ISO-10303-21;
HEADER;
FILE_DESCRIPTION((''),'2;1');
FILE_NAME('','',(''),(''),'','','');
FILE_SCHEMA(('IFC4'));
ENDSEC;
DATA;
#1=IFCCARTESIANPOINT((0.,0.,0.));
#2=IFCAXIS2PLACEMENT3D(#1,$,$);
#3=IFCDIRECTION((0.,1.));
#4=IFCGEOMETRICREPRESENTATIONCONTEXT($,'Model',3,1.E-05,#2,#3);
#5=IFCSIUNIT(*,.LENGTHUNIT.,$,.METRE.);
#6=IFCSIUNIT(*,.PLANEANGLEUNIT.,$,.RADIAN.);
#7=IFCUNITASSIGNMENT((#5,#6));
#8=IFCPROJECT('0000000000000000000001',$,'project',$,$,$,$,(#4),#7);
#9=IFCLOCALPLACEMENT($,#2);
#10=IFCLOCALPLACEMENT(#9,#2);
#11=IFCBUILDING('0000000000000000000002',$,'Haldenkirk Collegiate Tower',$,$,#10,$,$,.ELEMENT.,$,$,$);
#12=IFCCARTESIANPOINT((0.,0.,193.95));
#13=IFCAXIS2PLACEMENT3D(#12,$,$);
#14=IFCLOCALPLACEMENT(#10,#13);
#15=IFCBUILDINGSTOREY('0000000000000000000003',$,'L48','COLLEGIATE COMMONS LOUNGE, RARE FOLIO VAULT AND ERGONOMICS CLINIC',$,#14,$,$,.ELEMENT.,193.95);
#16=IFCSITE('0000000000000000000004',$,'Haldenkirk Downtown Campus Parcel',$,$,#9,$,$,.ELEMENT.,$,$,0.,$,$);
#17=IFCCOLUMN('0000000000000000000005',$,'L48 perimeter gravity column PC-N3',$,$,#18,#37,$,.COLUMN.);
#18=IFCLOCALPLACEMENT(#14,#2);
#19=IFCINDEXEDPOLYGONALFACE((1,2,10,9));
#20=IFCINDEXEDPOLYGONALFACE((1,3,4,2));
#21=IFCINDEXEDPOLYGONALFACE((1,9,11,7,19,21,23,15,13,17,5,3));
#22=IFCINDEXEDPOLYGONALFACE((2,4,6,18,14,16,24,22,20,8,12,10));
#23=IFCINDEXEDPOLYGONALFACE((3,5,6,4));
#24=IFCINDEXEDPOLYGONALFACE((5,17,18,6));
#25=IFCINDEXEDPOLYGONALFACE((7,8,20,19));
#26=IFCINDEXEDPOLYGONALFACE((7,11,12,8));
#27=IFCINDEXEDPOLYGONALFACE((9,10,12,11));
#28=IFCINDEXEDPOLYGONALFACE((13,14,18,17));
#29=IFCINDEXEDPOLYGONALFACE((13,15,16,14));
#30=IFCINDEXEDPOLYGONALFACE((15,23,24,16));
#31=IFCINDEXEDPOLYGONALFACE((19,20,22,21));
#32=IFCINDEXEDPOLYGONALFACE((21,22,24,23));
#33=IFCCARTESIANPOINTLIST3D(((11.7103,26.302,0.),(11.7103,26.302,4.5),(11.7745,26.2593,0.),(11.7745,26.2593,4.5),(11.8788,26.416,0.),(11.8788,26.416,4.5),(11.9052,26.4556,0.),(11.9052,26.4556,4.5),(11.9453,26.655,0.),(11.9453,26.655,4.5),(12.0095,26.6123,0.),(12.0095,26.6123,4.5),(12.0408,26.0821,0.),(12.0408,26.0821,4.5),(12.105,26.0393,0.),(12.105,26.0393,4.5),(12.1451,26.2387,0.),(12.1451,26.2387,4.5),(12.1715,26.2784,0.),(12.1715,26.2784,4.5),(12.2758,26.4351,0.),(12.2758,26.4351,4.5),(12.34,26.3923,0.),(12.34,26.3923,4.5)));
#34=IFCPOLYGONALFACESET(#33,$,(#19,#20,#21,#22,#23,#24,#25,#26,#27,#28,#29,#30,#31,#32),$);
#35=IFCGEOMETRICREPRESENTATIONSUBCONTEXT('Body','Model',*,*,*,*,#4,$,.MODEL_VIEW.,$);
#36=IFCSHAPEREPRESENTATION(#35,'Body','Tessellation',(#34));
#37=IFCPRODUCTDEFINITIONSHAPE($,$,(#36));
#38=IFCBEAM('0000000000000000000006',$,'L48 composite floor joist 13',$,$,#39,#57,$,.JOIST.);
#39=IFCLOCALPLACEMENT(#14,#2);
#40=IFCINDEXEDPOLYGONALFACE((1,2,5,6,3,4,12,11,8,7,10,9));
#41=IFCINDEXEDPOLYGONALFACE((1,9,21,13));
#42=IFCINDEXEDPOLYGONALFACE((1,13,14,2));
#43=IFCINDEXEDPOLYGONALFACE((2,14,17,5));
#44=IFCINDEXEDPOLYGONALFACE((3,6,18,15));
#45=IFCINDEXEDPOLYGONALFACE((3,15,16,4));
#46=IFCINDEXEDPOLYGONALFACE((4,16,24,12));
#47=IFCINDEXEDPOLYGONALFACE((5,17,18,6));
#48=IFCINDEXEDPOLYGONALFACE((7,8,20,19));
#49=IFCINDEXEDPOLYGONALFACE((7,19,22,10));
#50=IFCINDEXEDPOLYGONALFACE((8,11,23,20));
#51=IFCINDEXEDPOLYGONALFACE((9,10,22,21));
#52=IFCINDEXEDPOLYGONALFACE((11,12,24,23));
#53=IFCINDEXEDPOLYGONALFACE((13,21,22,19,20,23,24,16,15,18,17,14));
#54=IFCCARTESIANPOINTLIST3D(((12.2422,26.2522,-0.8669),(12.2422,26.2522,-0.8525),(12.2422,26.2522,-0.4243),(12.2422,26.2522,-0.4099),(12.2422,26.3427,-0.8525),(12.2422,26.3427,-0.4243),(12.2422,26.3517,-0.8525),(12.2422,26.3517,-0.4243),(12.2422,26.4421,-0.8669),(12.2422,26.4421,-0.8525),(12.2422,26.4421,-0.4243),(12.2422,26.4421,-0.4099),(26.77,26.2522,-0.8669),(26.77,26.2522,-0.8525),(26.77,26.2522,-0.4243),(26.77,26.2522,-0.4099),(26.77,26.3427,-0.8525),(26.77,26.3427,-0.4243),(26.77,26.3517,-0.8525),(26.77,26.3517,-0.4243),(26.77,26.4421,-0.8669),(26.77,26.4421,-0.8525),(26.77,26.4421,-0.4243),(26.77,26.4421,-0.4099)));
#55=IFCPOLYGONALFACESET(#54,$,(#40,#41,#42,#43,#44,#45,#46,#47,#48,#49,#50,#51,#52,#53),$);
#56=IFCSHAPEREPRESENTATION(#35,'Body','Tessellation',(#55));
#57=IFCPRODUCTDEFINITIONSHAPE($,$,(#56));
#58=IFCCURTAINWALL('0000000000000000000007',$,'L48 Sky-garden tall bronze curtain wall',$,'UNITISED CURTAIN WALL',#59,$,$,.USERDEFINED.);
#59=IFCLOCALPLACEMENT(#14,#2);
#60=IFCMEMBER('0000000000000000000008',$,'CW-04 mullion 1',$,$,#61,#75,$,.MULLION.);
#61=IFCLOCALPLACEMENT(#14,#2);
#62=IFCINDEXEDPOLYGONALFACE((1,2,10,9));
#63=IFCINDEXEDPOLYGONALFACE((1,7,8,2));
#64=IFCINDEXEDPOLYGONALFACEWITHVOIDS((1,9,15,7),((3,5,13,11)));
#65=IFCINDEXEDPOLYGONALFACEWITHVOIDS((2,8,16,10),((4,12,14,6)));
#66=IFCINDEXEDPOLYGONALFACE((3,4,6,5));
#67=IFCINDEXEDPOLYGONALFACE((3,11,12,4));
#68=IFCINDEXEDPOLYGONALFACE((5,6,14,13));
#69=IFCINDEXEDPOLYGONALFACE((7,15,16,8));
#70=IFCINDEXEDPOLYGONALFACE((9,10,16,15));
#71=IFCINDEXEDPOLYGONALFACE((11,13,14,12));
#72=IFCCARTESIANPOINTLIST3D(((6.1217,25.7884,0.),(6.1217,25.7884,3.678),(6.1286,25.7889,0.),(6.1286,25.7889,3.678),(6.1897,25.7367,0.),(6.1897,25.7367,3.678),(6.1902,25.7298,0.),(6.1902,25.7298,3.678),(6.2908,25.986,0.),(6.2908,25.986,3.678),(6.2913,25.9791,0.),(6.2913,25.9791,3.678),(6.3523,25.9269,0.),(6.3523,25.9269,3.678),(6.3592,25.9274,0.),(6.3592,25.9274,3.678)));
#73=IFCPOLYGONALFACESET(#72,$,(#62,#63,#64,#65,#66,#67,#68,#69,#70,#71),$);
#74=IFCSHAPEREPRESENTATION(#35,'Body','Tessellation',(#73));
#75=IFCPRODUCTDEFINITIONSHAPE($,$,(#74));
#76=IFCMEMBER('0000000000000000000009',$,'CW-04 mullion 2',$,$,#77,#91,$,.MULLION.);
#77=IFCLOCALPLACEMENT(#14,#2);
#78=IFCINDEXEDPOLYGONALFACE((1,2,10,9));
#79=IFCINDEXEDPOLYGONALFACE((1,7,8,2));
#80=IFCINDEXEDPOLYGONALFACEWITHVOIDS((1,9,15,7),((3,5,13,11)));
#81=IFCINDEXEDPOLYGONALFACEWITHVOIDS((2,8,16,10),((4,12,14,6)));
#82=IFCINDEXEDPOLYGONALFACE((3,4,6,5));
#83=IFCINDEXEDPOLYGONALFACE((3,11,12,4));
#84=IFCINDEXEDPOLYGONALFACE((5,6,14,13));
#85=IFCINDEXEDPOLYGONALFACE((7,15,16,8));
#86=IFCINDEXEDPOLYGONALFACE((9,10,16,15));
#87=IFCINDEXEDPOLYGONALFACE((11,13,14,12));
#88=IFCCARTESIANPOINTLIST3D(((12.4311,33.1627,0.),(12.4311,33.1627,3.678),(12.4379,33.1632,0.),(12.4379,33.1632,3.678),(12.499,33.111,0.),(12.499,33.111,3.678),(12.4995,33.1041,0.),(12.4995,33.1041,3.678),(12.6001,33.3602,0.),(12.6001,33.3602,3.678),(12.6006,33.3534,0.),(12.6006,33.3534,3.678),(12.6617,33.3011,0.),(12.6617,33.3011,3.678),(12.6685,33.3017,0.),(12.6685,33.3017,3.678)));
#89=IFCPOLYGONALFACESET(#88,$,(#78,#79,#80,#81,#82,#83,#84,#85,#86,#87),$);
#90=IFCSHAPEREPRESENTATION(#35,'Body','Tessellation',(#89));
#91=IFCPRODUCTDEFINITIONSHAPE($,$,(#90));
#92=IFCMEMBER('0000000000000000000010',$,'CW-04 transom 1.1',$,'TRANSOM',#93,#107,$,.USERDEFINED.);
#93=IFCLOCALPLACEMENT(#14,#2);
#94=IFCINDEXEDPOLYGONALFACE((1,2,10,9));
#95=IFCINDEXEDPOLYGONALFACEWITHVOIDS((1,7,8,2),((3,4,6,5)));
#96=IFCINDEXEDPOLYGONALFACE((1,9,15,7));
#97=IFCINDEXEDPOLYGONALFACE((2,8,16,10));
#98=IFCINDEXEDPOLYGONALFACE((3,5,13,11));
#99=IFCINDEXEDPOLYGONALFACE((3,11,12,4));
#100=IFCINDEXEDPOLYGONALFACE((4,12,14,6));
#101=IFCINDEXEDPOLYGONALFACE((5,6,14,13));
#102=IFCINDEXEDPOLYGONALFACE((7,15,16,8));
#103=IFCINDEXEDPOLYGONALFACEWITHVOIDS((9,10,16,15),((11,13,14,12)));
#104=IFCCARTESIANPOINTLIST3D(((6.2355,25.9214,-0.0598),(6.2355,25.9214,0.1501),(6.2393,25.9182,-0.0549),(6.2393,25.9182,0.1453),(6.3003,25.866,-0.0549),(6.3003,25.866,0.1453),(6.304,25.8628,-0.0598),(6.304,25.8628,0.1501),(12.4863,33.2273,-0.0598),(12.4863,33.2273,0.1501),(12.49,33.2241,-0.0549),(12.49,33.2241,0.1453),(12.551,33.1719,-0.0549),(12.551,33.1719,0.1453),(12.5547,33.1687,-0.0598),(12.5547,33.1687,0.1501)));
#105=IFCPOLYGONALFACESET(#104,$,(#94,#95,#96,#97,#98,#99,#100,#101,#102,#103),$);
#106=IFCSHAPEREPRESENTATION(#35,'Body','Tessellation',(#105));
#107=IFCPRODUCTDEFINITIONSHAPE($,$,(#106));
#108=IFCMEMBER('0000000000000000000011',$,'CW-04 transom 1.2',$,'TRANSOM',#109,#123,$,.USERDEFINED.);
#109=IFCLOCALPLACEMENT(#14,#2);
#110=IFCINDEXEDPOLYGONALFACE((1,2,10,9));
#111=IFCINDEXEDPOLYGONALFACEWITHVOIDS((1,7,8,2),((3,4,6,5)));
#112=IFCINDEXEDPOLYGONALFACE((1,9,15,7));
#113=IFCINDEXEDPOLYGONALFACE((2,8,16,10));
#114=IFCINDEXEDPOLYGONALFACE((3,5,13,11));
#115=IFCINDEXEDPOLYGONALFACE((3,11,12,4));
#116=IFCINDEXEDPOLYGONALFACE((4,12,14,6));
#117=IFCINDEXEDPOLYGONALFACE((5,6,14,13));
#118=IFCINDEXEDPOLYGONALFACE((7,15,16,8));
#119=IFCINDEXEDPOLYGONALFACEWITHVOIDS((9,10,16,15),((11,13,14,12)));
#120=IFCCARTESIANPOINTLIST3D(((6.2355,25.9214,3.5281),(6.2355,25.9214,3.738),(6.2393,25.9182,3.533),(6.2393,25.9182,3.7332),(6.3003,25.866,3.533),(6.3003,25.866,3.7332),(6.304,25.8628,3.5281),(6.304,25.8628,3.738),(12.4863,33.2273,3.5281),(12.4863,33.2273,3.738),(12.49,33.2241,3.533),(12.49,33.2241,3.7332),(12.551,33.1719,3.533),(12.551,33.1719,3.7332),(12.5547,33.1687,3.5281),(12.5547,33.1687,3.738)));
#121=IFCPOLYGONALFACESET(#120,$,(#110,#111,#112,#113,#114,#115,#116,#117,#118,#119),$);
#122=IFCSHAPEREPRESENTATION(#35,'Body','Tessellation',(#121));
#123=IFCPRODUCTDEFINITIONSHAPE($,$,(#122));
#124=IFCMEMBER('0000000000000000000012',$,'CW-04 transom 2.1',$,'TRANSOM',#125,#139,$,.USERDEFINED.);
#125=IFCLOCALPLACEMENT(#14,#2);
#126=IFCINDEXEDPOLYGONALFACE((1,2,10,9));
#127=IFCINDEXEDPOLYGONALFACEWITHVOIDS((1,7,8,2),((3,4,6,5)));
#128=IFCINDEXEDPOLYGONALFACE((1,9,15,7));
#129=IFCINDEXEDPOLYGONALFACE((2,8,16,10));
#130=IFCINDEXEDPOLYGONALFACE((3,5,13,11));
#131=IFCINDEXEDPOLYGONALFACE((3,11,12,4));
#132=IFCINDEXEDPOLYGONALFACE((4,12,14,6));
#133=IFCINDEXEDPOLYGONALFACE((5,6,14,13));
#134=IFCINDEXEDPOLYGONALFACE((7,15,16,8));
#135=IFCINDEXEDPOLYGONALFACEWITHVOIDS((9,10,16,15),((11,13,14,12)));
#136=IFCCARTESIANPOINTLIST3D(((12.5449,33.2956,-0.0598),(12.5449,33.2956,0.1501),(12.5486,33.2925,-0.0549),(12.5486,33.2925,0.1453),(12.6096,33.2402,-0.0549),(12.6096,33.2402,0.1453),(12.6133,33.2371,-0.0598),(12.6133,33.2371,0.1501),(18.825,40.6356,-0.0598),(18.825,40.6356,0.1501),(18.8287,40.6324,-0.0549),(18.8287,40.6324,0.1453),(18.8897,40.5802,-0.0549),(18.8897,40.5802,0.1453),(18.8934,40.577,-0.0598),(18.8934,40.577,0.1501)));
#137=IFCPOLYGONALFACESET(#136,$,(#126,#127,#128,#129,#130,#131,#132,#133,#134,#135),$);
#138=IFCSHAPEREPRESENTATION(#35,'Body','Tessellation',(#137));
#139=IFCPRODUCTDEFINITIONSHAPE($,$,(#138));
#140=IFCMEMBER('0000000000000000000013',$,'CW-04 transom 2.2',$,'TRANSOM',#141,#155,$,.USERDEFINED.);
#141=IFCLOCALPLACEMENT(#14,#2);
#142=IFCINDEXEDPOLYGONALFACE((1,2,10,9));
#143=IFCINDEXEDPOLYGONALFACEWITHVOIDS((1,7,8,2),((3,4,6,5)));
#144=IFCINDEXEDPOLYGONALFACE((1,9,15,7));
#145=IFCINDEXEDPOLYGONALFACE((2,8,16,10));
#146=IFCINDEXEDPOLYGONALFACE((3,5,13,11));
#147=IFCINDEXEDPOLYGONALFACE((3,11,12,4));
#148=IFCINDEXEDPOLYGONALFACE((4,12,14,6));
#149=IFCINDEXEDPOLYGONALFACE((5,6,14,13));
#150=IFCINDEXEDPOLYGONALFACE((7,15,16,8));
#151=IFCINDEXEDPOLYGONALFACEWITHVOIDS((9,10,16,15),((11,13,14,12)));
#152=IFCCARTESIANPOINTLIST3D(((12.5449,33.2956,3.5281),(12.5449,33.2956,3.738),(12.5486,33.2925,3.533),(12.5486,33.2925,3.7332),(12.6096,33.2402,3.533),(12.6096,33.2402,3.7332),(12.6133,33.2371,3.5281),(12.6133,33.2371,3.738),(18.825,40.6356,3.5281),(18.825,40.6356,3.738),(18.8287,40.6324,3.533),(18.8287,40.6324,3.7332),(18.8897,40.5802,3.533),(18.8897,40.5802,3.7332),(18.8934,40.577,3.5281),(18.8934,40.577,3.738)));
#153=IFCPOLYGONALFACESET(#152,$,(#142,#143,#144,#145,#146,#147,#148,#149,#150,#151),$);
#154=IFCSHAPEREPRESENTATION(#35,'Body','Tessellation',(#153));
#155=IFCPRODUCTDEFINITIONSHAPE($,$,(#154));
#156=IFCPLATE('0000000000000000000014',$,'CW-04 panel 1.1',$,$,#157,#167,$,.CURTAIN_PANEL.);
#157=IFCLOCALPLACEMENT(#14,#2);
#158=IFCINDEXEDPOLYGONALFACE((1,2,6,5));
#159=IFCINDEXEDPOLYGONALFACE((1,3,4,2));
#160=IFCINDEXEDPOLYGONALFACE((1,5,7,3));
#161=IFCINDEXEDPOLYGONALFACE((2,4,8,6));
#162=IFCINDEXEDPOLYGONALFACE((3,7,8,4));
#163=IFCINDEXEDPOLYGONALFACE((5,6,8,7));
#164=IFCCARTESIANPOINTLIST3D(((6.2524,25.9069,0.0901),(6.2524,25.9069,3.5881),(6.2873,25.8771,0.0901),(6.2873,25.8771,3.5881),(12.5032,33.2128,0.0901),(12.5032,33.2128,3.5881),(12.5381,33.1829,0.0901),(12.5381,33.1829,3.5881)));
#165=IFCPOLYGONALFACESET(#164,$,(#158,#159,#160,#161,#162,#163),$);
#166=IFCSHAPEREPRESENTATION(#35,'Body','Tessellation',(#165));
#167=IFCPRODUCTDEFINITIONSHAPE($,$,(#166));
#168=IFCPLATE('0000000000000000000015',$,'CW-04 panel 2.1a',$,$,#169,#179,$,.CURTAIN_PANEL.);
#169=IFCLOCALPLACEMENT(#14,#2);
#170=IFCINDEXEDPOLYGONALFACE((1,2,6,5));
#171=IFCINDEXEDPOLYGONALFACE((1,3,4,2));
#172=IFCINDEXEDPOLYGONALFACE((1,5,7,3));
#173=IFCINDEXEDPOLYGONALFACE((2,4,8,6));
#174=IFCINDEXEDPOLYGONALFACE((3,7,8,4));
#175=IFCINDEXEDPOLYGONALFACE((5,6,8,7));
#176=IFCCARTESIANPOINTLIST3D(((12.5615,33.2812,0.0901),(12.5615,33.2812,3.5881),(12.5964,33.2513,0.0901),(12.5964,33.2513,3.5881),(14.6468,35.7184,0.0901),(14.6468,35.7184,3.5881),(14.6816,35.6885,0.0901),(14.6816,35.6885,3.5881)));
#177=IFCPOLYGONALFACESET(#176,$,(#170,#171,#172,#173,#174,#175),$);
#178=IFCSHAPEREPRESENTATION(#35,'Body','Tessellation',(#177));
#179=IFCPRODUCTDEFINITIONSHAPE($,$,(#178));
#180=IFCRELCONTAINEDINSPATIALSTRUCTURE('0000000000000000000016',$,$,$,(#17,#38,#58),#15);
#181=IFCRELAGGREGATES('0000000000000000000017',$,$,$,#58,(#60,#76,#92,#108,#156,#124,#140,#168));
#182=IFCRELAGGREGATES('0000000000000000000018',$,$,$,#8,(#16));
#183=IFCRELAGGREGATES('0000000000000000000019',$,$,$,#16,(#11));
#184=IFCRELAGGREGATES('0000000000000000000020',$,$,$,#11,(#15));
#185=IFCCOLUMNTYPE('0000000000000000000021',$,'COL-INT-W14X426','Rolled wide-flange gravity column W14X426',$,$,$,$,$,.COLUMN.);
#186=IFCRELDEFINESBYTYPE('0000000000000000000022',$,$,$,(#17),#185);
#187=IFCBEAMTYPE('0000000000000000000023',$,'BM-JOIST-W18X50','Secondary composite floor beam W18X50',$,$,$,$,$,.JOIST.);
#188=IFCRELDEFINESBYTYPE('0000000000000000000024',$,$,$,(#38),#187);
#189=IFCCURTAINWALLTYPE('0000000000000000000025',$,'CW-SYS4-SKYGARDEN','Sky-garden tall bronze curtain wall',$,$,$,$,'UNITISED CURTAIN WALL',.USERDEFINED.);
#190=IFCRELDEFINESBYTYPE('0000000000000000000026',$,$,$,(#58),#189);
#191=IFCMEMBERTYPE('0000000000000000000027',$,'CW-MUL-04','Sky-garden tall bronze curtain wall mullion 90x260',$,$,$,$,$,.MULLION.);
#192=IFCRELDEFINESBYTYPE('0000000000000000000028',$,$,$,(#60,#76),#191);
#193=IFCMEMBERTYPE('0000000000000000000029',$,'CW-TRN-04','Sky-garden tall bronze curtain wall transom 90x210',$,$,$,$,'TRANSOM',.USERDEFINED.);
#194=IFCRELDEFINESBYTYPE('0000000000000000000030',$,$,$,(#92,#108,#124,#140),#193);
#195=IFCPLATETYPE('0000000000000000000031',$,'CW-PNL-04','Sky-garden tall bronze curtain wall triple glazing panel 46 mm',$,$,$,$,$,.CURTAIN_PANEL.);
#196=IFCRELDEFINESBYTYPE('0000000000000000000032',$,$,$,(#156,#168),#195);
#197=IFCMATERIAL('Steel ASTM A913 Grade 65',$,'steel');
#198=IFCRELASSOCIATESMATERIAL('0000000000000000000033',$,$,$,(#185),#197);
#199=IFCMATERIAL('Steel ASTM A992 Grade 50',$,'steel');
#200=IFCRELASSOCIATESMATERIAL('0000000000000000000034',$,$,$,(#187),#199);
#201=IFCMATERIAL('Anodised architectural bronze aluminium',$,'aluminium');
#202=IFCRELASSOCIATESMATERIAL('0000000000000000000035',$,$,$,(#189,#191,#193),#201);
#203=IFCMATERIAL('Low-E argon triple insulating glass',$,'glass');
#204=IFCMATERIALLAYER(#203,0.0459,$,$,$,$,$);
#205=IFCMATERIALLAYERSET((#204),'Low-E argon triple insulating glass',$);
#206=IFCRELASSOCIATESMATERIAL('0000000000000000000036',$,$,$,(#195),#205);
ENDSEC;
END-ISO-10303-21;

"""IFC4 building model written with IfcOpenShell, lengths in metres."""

from ifc_helpers import new_model, si_unit, direction, frame, origin, origin_2d, place, context, subcontext, project, spatial, rectangle, hollow_rectangle, i_section, extrude, source, transform, mapped, material, layer, layer_set, material_profile, profile_set, type_object, element, aggregate, save


model = new_model("IFC4")

# Units and contexts
model_context = context("Model", 3, precision=1e-05, world=origin(), true_north=direction((0.0, 1.0)))
body_context = subcontext(model_context, "Body", "Model", "MODEL_VIEW")
ifc_project = project(units=[si_unit("LENGTHUNIT", "METRE"), si_unit("PLANEANGLEUNIT", "RADIAN")], contexts=[model_context])

# Site, building, storey
site_placement = place(None, origin())
site = spatial("IfcSite", under=ifc_project, at=site_placement, Name="Haldenkirk Downtown Campus Parcel", CompositionType="ELEMENT", RefElevation=0.0)
building_placement = place(site_placement, origin())
building = spatial("IfcBuilding", under=site, at=building_placement, Name="Haldenkirk Collegiate Tower", CompositionType="ELEMENT")
storey_placement = place(building_placement, frame((0.0, 0.0, 193.95)))
storey = spatial("IfcBuildingStorey", under=building, at=storey_placement, Name="L48", Description="COLLEGIATE COMMONS LOUNGE, RARE FOLIO VAULT AND ERGONOMICS CLINIC", CompositionType="ELEMENT", Elevation=193.95)

# Column
ifc_material_1 = material(Name="Steel ASTM A913 Grade 65", Category="steel")
ifc_material_profile_1 = material_profile(ifc_material_1, i_section(OverallWidth=0.4241, OverallDepth=0.4741, WebThickness=0.0476, FlangeThickness=0.0771, at=origin_2d()), Name="W14X426")
ifc_profile_set_1 = profile_set([ifc_material_profile_1], Name="Steel ASTM A913 Grade 65")
column_type = type_object("IfcColumnType", Name="COL-INT-W14X426", Description="Rolled wide-flange gravity column W14X426", PredefinedType="COLUMN", material=ifc_profile_set_1)
column_placement = place(storey_placement, frame((12.0251, 26.3472, 0.0), z_axis=(0.0, 0.0, 1.0), x_axis=(0.554118, 0.832438, 0.0)))
element("IfcColumn", 1, at=column_placement, inside=storey, type_object=column_type, Name="L48 perimeter gravity column PC-N3", PredefinedType="COLUMN", context=body_context, shape_type="SweptSolid", body=[
    extrude(i_section(OverallWidth=0.4241, OverallDepth=0.4741, WebThickness=0.0476, FlangeThickness=0.0771, at=origin_2d()), origin(), (0.0, 0.0, 1.0), 4.5),
])

# Beam
ifc_material_2 = material(Name="Steel ASTM A992 Grade 50", Category="steel")
ifc_material_profile_2 = material_profile(ifc_material_2, i_section(OverallWidth=0.1899, OverallDepth=0.457, WebThickness=0.009, FlangeThickness=0.0144, at=origin_2d()), Name="W18X50")
ifc_profile_set_2 = profile_set([ifc_material_profile_2], Name="Steel ASTM A992 Grade 50")
beam_type = type_object("IfcBeamType", Name="BM-JOIST-W18X50", Description="Secondary composite floor beam W18X50", PredefinedType="JOIST", material=ifc_profile_set_2)
beam_placement = place(storey_placement, frame((12.2422, 26.3472, -0.6384), z_axis=(1.0, 0.0, 0.0), x_axis=(0.0, 1.0, 0.0)))
element("IfcBeam", 2, at=beam_placement, inside=storey, type_object=beam_type, Name="L48 composite floor joist 13", PredefinedType="JOIST", context=body_context, shape_type="SweptSolid", body=[
    extrude(i_section(OverallWidth=0.1899, OverallDepth=0.457, WebThickness=0.009, FlangeThickness=0.0144, at=origin_2d()), origin(), (0.0, 0.0, 1.0), 14.5278),
])

# Curtain wall, members, plates
ifc_material_3 = material(Name="Anodised architectural bronze aluminium", Category="aluminium")
curtain_wall_type = type_object("IfcCurtainWallType", Name="CW-SYS4-SKYGARDEN", Description="Sky-garden tall bronze curtain wall", ElementType="UNITISED CURTAIN WALL", PredefinedType="USERDEFINED", material=ifc_material_3)
curtain_wall_placement = place(storey_placement, origin())
curtain_wall = element("IfcCurtainWall", 3, at=curtain_wall_placement, inside=storey, type_object=curtain_wall_type, Name="L48 Sky-garden tall bronze curtain wall", ObjectType="UNITISED CURTAIN WALL", PredefinedType="USERDEFINED")
ifc_material_profile_3 = material_profile(ifc_material_3, hollow_rectangle(XDim=0.0901, YDim=0.26, WallThickness=0.0049, at=origin_2d()), Name="CW-MUL-04")
ifc_profile_set_3 = profile_set([ifc_material_profile_3], Name="Anodised architectural bronze aluminium")
member_type_1 = type_object("IfcMemberType", Name="CW-MUL-04", Description="Sky-garden tall bronze curtain wall mullion 90x260", PredefinedType="MULLION", material=ifc_profile_set_3)
member_1_placement = place(storey_placement, frame((6.2405, 25.8579, 0.0), z_axis=(0.0, 0.0, 1.0), x_axis=(-0.759838, 0.650112, 0.0)))
member_1 = element("IfcMember", 4, at=member_1_placement, type_object=member_type_1, Name="CW-04 mullion 1", PredefinedType="MULLION", context=body_context, shape_type="SweptSolid", body=[
    extrude(hollow_rectangle(XDim=0.0901, YDim=0.26, WallThickness=0.0049, at=origin_2d()), origin(), (0.0, 0.0, 1.0), 3.678),
])
member_2_placement = place(storey_placement, frame((12.5498, 33.2322, 0.0), z_axis=(0.0, 0.0, 1.0), x_axis=(-0.759838, 0.650112, 0.0)))
member_2 = element("IfcMember", 5, at=member_2_placement, type_object=member_type_1, Name="CW-04 mullion 2", PredefinedType="MULLION", context=body_context, shape_type="SweptSolid", body=[
    extrude(hollow_rectangle(XDim=0.0901, YDim=0.26, WallThickness=0.0049, at=origin_2d()), origin(), (0.0, 0.0, 1.0), 3.678),
])
ifc_material_profile_4 = material_profile(ifc_material_3, hollow_rectangle(XDim=0.0901, YDim=0.21, WallThickness=0.0049, at=origin_2d()), Name="CW-TRN-04")
ifc_profile_set_4 = profile_set([ifc_material_profile_4], Name="Anodised architectural bronze aluminium")
member_type_2 = type_object("IfcMemberType", Name="CW-TRN-04", Description="Sky-garden tall bronze curtain wall transom 90x210", ElementType="TRANSOM", PredefinedType="USERDEFINED", material=ifc_profile_set_4)
member_3_placement = place(storey_placement, frame((6.2698, 25.8921, 0.0452), z_axis=(0.650103, 0.759846, 0.0), x_axis=(-0.759846, 0.650103, 0.0)))
member_3 = element("IfcMember", 6, at=member_3_placement, type_object=member_type_2, Name="CW-04 transom 1.1", ObjectType="TRANSOM", PredefinedType="USERDEFINED", context=body_context, shape_type="SweptSolid", body=[
    extrude(hollow_rectangle(XDim=0.0901, YDim=0.21, WallThickness=0.0049, at=origin_2d()), origin(), (0.0, 0.0, 1.0), 9.615),
])
member_4_placement = place(storey_placement, frame((6.2698, 25.8921, 3.6331), z_axis=(0.650103, 0.759846, 0.0), x_axis=(-0.759846, 0.650103, 0.0)))
member_4 = element("IfcMember", 7, at=member_4_placement, type_object=member_type_2, Name="CW-04 transom 1.2", ObjectType="TRANSOM", PredefinedType="USERDEFINED", context=body_context, shape_type="SweptSolid", body=[
    extrude(hollow_rectangle(XDim=0.0901, YDim=0.21, WallThickness=0.0049, at=origin_2d()), origin(), (0.0, 0.0, 1.0), 9.615),
])
member_5_placement = place(storey_placement, frame((12.5791, 33.2664, 0.0452), z_axis=(0.650119, 0.759833, 0.0), x_axis=(-0.759833, 0.650119, 0.0)))
member_5 = element("IfcMember", 8, at=member_5_placement, type_object=member_type_2, Name="CW-04 transom 2.1", ObjectType="TRANSOM", PredefinedType="USERDEFINED", context=body_context, shape_type="SweptSolid", body=[
    extrude(hollow_rectangle(XDim=0.0901, YDim=0.21, WallThickness=0.0049, at=origin_2d()), origin(), (0.0, 0.0, 1.0), 9.6599),
])
member_6_placement = place(storey_placement, frame((12.5791, 33.2664, 3.6331), z_axis=(0.650119, 0.759833, 0.0), x_axis=(-0.759833, 0.650119, 0.0)))
member_6 = element("IfcMember", 9, at=member_6_placement, type_object=member_type_2, Name="CW-04 transom 2.2", ObjectType="TRANSOM", PredefinedType="USERDEFINED", context=body_context, shape_type="SweptSolid", body=[
    extrude(hollow_rectangle(XDim=0.0901, YDim=0.21, WallThickness=0.0049, at=origin_2d()), origin(), (0.0, 0.0, 1.0), 9.6599),
])
ifc_material_4 = material(Name="Low-E argon triple insulating glass", Category="glass")
ifc_layer_1 = layer(ifc_material_4, 0.0459)
ifc_layer_set_1 = layer_set([ifc_layer_1], Name="Low-E argon triple insulating glass")
plate_type = type_object("IfcPlateType", Name="CW-PNL-04", Description="Sky-garden tall bronze curtain wall triple glazing panel 46 mm", PredefinedType="CURTAIN_PANEL", material=ifc_layer_set_1)
shared_shape_1 = source(origin(), body_context, "Body", "SweptSolid", [
    extrude(rectangle(XDim=9.615, YDim=0.0459, at=origin_2d()), origin(), (0.0, 0.0, 1.0), 3.498),
])
plate_1_placement = place(storey_placement, frame((9.3953, 29.5449, 0.0901), z_axis=(0.0, 0.0, 1.0), x_axis=(0.650112, 0.759838, 0.0)))
plate_1 = element("IfcPlate", 10, at=plate_1_placement, type_object=plate_type, Name="CW-04 panel 1.1", PredefinedType="CURTAIN_PANEL", context=body_context, shape_type="MappedRepresentation", body=[
    mapped(shared_shape_1, transform((0.0, 0.0, 0.0), x_axis=(1.0, 0.0, 0.0), y_axis=(0.0, 1.0, 0.0), z_axis=(0.0, 0.0, 1.0), scale=1.0)),
])
shared_shape_2 = source(origin(), body_context, "Body", "SweptSolid", [
    extrude(rectangle(XDim=3.2075, YDim=0.0459, at=origin_2d()), origin(), (0.0, 0.0, 1.0), 3.498),
])
plate_2_placement = place(storey_placement, frame((13.6216, 34.4849, 0.0901), z_axis=(0.0, 0.0, 1.0), x_axis=(0.650112, 0.759838, 0.0)))
plate_2 = element("IfcPlate", 11, at=plate_2_placement, type_object=plate_type, Name="CW-04 panel 2.1a", PredefinedType="CURTAIN_PANEL", context=body_context, shape_type="MappedRepresentation", body=[
    mapped(shared_shape_2, transform((0.0, 0.0, 0.0), x_axis=(1.0, 0.0, 0.0), y_axis=(0.0, 1.0, 0.0), z_axis=(0.0, 0.0, 1.0), scale=1.0)),
])
aggregate(curtain_wall, [member_1, member_2, member_3, member_4, plate_1, member_5, member_6, plate_2])

save(model, "model.ifc")
